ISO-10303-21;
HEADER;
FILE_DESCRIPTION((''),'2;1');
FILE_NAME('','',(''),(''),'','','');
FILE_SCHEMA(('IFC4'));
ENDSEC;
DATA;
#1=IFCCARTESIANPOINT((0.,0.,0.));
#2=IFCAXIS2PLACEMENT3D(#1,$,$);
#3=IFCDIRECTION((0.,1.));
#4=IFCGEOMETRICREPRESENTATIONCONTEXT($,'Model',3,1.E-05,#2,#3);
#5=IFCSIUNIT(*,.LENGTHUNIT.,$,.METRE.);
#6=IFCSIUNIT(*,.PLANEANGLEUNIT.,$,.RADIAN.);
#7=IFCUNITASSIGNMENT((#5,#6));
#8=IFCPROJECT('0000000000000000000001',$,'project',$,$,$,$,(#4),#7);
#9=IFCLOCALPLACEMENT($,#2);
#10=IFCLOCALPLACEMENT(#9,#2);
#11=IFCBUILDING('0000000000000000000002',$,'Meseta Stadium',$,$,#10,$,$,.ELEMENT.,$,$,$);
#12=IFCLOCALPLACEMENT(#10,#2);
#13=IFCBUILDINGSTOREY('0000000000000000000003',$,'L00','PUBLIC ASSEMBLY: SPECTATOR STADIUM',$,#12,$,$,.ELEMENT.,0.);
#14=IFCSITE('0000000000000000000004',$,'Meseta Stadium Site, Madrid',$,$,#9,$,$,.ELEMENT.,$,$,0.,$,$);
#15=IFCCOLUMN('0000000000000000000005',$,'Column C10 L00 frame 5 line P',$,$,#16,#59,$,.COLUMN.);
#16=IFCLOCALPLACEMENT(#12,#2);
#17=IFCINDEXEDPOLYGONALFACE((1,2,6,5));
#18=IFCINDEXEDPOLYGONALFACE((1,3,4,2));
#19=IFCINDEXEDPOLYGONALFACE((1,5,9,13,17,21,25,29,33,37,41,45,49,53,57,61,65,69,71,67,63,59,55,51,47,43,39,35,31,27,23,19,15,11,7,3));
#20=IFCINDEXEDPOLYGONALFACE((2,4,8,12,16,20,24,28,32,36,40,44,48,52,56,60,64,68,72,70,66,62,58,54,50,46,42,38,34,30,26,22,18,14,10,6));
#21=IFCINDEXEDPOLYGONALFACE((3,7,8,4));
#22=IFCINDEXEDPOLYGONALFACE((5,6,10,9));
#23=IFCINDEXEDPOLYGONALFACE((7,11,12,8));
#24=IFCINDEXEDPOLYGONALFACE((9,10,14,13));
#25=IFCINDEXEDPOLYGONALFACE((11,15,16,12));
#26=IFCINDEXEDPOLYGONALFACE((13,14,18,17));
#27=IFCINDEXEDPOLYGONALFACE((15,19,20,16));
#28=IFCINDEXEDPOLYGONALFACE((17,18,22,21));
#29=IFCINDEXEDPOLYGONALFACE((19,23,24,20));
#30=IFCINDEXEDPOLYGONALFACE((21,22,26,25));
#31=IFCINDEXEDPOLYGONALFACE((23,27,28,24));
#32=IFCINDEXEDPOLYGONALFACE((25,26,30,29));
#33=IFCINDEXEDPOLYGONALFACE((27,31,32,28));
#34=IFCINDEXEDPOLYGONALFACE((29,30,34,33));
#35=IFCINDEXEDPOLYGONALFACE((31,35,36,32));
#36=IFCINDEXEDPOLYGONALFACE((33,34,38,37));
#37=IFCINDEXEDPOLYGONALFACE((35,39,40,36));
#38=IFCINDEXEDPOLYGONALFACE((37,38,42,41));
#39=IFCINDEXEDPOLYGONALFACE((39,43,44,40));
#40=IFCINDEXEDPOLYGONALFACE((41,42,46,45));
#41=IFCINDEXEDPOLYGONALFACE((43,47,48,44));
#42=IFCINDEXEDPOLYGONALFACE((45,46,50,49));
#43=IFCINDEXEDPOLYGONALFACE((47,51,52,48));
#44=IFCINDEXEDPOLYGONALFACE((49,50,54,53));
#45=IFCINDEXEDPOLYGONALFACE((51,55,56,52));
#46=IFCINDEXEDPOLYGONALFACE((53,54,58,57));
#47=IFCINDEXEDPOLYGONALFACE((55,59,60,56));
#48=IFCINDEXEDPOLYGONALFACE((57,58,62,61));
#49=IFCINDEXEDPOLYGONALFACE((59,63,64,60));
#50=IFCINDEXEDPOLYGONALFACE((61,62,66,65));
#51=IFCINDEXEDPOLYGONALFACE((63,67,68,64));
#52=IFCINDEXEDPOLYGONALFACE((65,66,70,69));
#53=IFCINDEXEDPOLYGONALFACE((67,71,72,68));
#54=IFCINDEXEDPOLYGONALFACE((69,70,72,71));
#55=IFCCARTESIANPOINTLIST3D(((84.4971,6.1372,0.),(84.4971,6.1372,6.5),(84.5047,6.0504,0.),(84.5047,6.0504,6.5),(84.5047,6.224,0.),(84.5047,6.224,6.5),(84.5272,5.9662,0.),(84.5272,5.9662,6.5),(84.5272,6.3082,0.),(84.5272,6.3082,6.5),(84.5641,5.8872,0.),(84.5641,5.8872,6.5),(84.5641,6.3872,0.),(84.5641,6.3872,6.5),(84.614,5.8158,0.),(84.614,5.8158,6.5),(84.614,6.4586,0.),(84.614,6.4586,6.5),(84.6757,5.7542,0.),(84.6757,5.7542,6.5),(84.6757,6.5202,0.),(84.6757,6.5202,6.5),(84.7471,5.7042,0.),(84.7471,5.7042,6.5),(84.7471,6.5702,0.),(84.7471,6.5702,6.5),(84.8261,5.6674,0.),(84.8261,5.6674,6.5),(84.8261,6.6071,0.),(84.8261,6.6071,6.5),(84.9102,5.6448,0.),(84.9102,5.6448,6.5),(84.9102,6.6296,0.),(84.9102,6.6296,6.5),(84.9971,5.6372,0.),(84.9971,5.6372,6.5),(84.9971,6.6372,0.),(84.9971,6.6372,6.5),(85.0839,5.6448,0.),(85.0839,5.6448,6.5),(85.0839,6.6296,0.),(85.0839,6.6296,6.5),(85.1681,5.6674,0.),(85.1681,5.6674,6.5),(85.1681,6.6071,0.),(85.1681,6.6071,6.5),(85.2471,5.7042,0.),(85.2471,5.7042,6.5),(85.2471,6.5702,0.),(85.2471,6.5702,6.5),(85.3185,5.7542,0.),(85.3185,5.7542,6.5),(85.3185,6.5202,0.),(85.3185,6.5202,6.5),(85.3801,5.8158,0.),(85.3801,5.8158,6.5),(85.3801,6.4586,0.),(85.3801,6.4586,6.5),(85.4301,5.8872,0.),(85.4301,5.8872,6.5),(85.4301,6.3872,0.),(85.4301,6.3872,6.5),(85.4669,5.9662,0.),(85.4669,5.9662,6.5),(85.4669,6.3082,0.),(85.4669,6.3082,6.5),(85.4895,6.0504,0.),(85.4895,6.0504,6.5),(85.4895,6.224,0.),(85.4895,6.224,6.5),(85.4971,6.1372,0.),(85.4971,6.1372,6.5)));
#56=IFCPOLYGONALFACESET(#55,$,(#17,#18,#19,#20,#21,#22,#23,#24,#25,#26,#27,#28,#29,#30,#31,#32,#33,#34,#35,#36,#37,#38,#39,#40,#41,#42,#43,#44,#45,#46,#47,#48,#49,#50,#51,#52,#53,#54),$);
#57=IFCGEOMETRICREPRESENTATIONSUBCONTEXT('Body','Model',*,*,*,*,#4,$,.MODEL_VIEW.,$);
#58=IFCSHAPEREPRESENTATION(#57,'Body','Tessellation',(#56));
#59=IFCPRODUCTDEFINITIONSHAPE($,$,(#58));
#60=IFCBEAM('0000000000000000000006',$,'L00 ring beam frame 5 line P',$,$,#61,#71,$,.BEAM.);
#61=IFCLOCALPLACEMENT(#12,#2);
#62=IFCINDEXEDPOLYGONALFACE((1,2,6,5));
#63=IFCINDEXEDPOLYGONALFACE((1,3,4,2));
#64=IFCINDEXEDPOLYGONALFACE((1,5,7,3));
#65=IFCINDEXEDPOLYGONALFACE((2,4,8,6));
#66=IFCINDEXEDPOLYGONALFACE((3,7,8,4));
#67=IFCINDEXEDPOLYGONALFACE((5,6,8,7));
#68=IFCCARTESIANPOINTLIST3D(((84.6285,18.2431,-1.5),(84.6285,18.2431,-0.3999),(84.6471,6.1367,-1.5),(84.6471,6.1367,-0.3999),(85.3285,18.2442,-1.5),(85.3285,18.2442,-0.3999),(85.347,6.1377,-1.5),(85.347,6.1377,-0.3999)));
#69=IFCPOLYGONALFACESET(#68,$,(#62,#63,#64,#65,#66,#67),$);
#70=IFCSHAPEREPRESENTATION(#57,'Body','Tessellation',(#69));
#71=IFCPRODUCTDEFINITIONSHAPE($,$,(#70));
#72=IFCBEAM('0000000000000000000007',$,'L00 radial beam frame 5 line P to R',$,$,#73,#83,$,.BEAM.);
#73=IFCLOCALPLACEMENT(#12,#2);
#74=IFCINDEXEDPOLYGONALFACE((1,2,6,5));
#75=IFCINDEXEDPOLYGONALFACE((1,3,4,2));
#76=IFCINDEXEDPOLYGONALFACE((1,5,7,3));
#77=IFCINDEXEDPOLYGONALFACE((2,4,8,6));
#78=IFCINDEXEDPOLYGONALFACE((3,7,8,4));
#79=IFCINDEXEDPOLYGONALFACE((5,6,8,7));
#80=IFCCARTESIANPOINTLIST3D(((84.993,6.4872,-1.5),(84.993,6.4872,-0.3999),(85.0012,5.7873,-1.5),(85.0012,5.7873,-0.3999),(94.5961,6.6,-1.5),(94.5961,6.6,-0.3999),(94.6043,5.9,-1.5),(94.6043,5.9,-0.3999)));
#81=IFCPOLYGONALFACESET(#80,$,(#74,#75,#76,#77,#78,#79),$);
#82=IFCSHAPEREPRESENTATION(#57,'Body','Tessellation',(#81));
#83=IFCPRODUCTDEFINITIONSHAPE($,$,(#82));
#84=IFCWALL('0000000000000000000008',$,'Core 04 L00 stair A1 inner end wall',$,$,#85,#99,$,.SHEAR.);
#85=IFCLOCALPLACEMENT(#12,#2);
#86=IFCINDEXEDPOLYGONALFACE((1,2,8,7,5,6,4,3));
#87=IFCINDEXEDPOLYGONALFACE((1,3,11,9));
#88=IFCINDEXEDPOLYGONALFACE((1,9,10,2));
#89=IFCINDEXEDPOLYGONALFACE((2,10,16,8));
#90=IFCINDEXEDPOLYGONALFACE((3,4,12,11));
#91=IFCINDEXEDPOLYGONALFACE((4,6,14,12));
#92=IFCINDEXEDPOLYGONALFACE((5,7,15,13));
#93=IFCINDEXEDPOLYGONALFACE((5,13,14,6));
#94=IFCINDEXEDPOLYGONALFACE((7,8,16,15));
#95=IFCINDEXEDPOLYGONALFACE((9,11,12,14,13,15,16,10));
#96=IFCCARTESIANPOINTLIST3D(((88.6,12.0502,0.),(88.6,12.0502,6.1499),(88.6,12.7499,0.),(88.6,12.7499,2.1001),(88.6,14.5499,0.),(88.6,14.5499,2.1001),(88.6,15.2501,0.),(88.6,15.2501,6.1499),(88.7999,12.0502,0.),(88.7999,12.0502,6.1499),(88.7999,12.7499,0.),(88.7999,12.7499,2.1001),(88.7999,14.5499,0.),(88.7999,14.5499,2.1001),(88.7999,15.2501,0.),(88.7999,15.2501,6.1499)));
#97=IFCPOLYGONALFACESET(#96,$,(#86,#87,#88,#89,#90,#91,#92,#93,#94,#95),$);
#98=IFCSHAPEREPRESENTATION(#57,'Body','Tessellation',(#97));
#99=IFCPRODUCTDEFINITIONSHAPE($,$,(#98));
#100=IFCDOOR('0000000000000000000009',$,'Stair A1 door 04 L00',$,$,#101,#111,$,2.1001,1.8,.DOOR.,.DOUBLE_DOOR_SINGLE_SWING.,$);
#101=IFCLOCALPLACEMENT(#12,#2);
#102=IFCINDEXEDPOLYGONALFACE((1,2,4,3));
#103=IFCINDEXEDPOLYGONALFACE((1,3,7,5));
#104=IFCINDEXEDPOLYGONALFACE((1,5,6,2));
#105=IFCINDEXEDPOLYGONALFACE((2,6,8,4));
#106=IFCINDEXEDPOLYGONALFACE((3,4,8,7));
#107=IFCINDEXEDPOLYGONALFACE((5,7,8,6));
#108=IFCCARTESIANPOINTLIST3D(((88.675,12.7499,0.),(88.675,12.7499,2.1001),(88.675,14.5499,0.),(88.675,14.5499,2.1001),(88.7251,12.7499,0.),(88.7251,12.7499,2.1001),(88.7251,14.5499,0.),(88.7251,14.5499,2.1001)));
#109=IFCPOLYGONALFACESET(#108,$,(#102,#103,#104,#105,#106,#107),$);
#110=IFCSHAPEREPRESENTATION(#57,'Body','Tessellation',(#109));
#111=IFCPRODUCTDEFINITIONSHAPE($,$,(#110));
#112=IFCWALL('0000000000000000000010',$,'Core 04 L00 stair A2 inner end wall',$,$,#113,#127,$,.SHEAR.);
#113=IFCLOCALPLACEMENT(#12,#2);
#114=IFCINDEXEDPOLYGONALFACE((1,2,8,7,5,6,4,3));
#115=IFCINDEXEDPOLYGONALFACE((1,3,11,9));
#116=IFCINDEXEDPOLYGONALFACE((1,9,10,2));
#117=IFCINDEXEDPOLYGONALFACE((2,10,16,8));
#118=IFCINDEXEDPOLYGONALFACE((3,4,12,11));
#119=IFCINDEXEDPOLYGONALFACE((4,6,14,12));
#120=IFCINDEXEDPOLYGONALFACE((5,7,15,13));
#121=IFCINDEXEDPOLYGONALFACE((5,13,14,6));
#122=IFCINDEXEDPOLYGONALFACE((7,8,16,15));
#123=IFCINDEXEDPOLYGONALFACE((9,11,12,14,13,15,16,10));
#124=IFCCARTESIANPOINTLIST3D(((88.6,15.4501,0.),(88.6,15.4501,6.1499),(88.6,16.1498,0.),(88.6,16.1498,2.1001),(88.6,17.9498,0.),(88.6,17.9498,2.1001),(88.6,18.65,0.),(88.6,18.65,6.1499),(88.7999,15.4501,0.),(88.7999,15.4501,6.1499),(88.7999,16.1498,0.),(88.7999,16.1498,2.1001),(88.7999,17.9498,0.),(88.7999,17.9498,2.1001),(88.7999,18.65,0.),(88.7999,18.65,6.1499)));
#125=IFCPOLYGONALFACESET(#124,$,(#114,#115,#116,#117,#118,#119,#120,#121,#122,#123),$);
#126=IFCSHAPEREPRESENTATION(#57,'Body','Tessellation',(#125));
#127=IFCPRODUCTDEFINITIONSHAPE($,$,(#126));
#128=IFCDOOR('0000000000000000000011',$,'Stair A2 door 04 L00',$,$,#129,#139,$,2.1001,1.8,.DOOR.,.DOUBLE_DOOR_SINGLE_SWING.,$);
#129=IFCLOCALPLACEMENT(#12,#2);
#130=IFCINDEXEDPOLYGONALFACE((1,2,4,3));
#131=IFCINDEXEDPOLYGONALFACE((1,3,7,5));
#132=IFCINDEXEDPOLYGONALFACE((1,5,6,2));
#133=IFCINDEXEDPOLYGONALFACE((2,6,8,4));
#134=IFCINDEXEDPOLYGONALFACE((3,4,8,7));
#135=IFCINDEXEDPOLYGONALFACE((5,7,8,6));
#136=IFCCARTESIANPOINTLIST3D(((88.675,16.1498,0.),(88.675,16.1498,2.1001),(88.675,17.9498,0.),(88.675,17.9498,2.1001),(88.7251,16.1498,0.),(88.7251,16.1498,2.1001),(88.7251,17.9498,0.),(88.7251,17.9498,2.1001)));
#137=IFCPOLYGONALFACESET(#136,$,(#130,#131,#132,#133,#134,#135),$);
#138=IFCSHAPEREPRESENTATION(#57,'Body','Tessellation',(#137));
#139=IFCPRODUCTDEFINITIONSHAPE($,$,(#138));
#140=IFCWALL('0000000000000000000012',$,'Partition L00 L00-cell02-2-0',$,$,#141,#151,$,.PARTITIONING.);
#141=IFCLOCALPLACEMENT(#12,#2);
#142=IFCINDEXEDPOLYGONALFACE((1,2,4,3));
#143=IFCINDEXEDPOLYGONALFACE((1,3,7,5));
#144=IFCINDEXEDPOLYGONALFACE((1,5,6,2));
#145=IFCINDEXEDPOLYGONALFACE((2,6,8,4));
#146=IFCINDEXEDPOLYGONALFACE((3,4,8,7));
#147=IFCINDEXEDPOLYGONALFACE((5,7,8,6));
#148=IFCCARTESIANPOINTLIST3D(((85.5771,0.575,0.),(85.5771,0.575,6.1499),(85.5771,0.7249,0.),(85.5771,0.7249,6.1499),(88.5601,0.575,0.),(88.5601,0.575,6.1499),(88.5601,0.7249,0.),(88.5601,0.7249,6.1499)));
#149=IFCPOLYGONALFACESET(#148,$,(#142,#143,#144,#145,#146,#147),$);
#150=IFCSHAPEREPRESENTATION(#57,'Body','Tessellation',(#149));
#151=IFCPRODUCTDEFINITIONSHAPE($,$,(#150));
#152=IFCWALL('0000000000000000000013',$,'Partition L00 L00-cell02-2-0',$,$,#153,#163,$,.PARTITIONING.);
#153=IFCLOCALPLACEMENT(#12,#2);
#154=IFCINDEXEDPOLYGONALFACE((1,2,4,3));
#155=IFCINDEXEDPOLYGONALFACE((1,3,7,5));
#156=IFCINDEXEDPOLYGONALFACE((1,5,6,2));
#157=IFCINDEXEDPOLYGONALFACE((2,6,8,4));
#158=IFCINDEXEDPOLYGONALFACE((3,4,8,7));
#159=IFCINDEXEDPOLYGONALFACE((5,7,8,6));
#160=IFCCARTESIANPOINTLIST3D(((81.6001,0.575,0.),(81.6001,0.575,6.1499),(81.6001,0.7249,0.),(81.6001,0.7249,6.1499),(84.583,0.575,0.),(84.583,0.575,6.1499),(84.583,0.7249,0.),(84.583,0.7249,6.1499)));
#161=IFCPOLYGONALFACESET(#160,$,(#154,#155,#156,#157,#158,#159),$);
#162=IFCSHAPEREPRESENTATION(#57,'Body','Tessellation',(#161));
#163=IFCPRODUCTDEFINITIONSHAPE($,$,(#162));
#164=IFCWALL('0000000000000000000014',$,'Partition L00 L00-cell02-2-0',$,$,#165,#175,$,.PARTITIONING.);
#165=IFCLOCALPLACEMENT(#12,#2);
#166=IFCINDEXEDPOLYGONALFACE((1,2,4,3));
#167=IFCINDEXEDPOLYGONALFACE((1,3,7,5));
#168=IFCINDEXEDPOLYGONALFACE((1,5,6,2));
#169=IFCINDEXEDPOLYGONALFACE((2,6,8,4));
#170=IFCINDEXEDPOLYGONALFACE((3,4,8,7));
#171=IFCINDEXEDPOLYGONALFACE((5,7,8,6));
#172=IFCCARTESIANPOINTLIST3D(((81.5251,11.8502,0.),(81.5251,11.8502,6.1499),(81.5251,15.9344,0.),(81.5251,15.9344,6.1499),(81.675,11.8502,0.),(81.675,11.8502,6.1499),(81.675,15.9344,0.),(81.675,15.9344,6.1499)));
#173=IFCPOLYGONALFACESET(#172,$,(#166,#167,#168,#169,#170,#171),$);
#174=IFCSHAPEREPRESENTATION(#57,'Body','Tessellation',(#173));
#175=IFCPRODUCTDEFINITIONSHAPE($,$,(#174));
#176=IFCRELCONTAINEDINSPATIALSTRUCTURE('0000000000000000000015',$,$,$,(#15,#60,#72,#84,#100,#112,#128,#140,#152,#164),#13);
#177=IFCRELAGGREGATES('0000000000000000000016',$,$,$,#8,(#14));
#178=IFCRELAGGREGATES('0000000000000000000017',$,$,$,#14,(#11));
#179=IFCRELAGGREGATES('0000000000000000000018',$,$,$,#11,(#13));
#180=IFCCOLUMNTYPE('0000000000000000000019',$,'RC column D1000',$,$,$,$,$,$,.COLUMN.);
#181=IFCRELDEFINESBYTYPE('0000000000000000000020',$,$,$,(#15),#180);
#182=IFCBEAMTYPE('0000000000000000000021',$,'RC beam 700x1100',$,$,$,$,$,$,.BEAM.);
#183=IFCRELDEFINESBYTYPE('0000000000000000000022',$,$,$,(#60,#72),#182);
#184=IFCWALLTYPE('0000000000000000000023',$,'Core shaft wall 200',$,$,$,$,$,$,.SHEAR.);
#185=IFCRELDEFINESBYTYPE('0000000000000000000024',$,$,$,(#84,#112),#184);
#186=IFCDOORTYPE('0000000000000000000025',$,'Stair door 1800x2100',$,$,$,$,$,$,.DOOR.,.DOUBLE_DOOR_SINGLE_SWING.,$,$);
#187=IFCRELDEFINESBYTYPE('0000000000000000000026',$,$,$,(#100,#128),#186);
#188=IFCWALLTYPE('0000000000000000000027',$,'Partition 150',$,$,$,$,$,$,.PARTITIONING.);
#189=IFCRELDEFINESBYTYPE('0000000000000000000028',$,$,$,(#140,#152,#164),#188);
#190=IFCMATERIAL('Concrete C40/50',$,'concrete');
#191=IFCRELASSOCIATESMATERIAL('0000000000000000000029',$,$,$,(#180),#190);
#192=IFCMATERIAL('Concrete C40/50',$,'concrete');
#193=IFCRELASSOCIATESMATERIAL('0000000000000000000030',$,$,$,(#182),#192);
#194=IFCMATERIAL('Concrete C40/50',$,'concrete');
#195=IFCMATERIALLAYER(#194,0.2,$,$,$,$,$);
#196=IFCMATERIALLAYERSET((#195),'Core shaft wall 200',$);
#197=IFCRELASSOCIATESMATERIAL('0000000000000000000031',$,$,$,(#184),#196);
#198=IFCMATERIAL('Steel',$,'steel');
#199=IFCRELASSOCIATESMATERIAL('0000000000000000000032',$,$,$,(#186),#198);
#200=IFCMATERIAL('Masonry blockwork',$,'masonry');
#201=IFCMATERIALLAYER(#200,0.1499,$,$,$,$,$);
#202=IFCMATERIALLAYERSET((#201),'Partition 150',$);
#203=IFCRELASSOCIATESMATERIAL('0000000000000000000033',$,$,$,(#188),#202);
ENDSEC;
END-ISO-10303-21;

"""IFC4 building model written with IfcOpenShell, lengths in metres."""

from ifc_helpers import new_model, si_unit, direction, frame, frame_2d, origin, origin_2d, place, context, subcontext, project, spatial, rectangle, circle, extrude, material, layer, layer_set, material_profile, profile_set, type_object, element, fill, save


model = new_model("IFC4")

# Units and contexts
model_context = context("Model", 3, precision=1e-05, world=origin(), true_north=direction((0.0, 1.0)))
body_context = subcontext(model_context, "Body", "Model", "MODEL_VIEW")
ifc_project = project(units=[si_unit("LENGTHUNIT", "METRE"), si_unit("PLANEANGLEUNIT", "RADIAN")], contexts=[model_context])

# Site, building, storey
site_placement = place(None, origin())
site = spatial("IfcSite", under=ifc_project, at=site_placement, Name="Meseta Stadium Site, Madrid", CompositionType="ELEMENT", RefElevation=0.0)
building_placement = place(site_placement, origin())
building = spatial("IfcBuilding", under=site, at=building_placement, Name="Meseta Stadium", CompositionType="ELEMENT")
storey_placement = place(building_placement, origin())
storey = spatial("IfcBuildingStorey", under=building, at=storey_placement, Name="L00", Description="PUBLIC ASSEMBLY: SPECTATOR STADIUM", CompositionType="ELEMENT", Elevation=0.0)

# Column
ifc_material_1 = material(Name="Concrete C40/50", Category="concrete")
ifc_material_profile_1 = material_profile(ifc_material_1, circle(Radius=0.5, at=origin_2d()), Name="RC D1000")
ifc_profile_set_1 = profile_set([ifc_material_profile_1], Name="Concrete C40/50")
column_type = type_object("IfcColumnType", Name="RC column D1000", PredefinedType="COLUMN", material=ifc_profile_set_1)
column_placement = place(storey_placement, frame((84.9971, 6.1372, 0.0), z_axis=(0.0, 0.0, 1.0), x_axis=(1.0, 0.0, 0.0)))
element("IfcColumn", 1, at=column_placement, inside=storey, type_object=column_type, Name="Column C10 L00 frame 5 line P", PredefinedType="COLUMN", context=body_context, shape_type="SweptSolid", body=[
    extrude(circle(Radius=0.5, at=origin_2d()), origin(), (0.0, 0.0, 1.0), 6.5),
])

# Beams
ifc_material_2 = material(Name="Concrete C40/50", Category="concrete")
ifc_material_profile_2 = material_profile(ifc_material_2, rectangle(XDim=0.7, YDim=1.1001, at=origin_2d()), Name="RC 700x1100")
ifc_profile_set_2 = profile_set([ifc_material_profile_2], Name="Concrete C40/50")
beam_type = type_object("IfcBeamType", Name="RC beam 700x1100", PredefinedType="BEAM", material=ifc_profile_set_2)
beam_1_placement = place(storey_placement, frame((84.9971, 6.1372, -0.95), z_axis=(-0.001533, 0.999999, 0.0), x_axis=(-0.999999, -0.001533, 0.0)))
element("IfcBeam", 2, at=beam_1_placement, inside=storey, type_object=beam_type, Name="L00 ring beam frame 5 line P", PredefinedType="BEAM", context=body_context, shape_type="SweptSolid", body=[
    extrude(rectangle(XDim=0.7, YDim=1.1001, at=origin_2d()), origin(), (0.0, 0.0, 1.0), 12.1064),
])
beam_2_placement = place(storey_placement, frame((84.9971, 6.1372, -0.95), z_axis=(0.999931, 0.011745, 0.0), x_axis=(-0.011745, 0.999931, 0.0)))
element("IfcBeam", 3, at=beam_2_placement, inside=storey, type_object=beam_type, Name="L00 radial beam frame 5 line P to R", PredefinedType="BEAM", context=body_context, shape_type="SweptSolid", body=[
    extrude(rectangle(XDim=0.7, YDim=1.1001, at=origin_2d()), origin(), (0.0, 0.0, 1.0), 9.6038),
])

# Walls, openings, doors
ifc_material_3 = material(Name="Concrete C40/50", Category="concrete")
ifc_layer_1 = layer(ifc_material_3, 0.2)
ifc_layer_set_1 = layer_set([ifc_layer_1], Name="Core shaft wall 200")
wall_type_1 = type_object("IfcWallType", Name="Core shaft wall 200", PredefinedType="SHEAR", material=ifc_layer_set_1)
wall_1_placement = place(storey_placement, frame((88.7, 12.05, 0.0), z_axis=(0.0, 0.0, 1.0), x_axis=(0.0, 1.0, 0.0)))
wall_1 = element("IfcWall", 4, at=wall_1_placement, inside=storey, type_object=wall_type_1, Name="Core 04 L00 stair A1 inner end wall", PredefinedType="SHEAR", context=body_context, shape_type="SweptSolid", body=[
    extrude(rectangle(XDim=3.2, YDim=0.2, at=frame_2d((1.6001, 0.0))), origin(), (0.0, 0.0, 1.0), 6.1499),
])
opening_1_placement = place(wall_1_placement, frame((0.7, 0.0, 0.0)))
opening_1 = element("IfcOpeningElement", 5, at=opening_1_placement, cuts=wall_1, PredefinedType="OPENING", context=body_context, shape_type="SweptSolid", body=[
    extrude(rectangle(XDim=1.8, YDim=2.1001, at=frame_2d((0.8999, 1.05))), frame((0.0, 0.1099, 0.0), z_axis=(0.0, -1.0, 0.0), x_axis=(1.0, 0.0, 0.0)), (0.0, 0.0, 1.0), 0.22),
])
ifc_material_4 = material(Name="Steel", Category="steel")
door_type_1 = type_object("IfcDoorType", Name="Stair door 1800x2100", OperationType="DOUBLE_DOOR_SINGLE_SWING", PredefinedType="DOOR", material=ifc_material_4)
door_1_placement = place(opening_1_placement, origin())
door_1 = element("IfcDoor", 6, at=door_1_placement, inside=storey, type_object=door_type_1, Name="Stair A1 door 04 L00", OperationType="DOUBLE_DOOR_SINGLE_SWING", OverallHeight=2.1001, OverallWidth=1.8, PredefinedType="DOOR", context=body_context, shape_type="SweptSolid", body=[
    extrude(rectangle(XDim=1.8, YDim=2.1001, at=frame_2d((0.8999, 1.05))), frame((0.0, 0.0249, 0.0), z_axis=(0.0, -1.0, 0.0), x_axis=(1.0, 0.0, 0.0)), (0.0, 0.0, 1.0), 0.05),
])
fill(opening_1, door_1)
wall_2_placement = place(storey_placement, frame((88.7, 15.45, 0.0), z_axis=(0.0, 0.0, 1.0), x_axis=(0.0, 1.0, 0.0)))
wall_2 = element("IfcWall", 7, at=wall_2_placement, inside=storey, type_object=wall_type_1, Name="Core 04 L00 stair A2 inner end wall", PredefinedType="SHEAR", context=body_context, shape_type="SweptSolid", body=[
    extrude(rectangle(XDim=3.2, YDim=0.2, at=frame_2d((1.6001, 0.0))), origin(), (0.0, 0.0, 1.0), 6.1499),
])
opening_2_placement = place(wall_2_placement, frame((0.7, 0.0, 0.0)))
opening_2 = element("IfcOpeningElement", 8, at=opening_2_placement, cuts=wall_2, PredefinedType="OPENING", context=body_context, shape_type="SweptSolid", body=[
    extrude(rectangle(XDim=1.8, YDim=2.1001, at=frame_2d((0.8999, 1.05))), frame((0.0, 0.1099, 0.0), z_axis=(0.0, -1.0, 0.0), x_axis=(1.0, 0.0, 0.0)), (0.0, 0.0, 1.0), 0.22),
])
door_2_placement = place(opening_2_placement, origin())
door_2 = element("IfcDoor", 9, at=door_2_placement, inside=storey, type_object=door_type_1, Name="Stair A2 door 04 L00", OperationType="DOUBLE_DOOR_SINGLE_SWING", OverallHeight=2.1001, OverallWidth=1.8, PredefinedType="DOOR", context=body_context, shape_type="SweptSolid", body=[
    extrude(rectangle(XDim=1.8, YDim=2.1001, at=frame_2d((0.8999, 1.05))), frame((0.0, 0.0249, 0.0), z_axis=(0.0, -1.0, 0.0), x_axis=(1.0, 0.0, 0.0)), (0.0, 0.0, 1.0), 0.05),
])
fill(opening_2, door_2)

# Walls
ifc_material_5 = material(Name="Masonry blockwork", Category="masonry")
ifc_layer_2 = layer(ifc_material_5, 0.1499)
ifc_layer_set_2 = layer_set([ifc_layer_2], Name="Partition 150")
wall_type_2 = type_object("IfcWallType", Name="Partition 150", PredefinedType="PARTITIONING", material=ifc_layer_set_2)
for number, where, z_axis, x_axis, name in (
    (10, (88.5601, 0.6499, 0.0), (0.0, 0.0, 1.0), (-1.0, 0.0, 0.0), "Partition L00 L00-cell02-2-0"),
    (11, (84.583, 0.6499, 0.0), (0.0, 0.0, 1.0), (-1.0, 0.0, 0.0), "Partition L00 L00-cell02-2-0"),
):
    element("IfcWall", number, at=place(storey_placement, frame(where, z_axis=z_axis, x_axis=x_axis)), inside=storey, type_object=wall_type_2, Name=name, PredefinedType="PARTITIONING", context=body_context, shape_type="SweptSolid", body=[
        extrude(rectangle(XDim=2.9829, YDim=0.1499, at=frame_2d((1.4915, 0.0))), origin(), (0.0, 0.0, 1.0), 6.1499),
    ])
wall_3_placement = place(storey_placement, frame((81.6001, 15.9343, 0.0), z_axis=(0.0, 0.0, 1.0), x_axis=(0.0, -1.0, 0.0)))
element("IfcWall", 12, at=wall_3_placement, inside=storey, type_object=wall_type_2, Name="Partition L00 L00-cell02-2-0", PredefinedType="PARTITIONING", context=body_context, shape_type="SweptSolid", body=[
    extrude(rectangle(XDim=4.0842, YDim=0.1499, at=frame_2d((2.042, 0.0))), origin(), (0.0, 0.0, 1.0), 6.1499),
])

save(model, "model.ifc")
